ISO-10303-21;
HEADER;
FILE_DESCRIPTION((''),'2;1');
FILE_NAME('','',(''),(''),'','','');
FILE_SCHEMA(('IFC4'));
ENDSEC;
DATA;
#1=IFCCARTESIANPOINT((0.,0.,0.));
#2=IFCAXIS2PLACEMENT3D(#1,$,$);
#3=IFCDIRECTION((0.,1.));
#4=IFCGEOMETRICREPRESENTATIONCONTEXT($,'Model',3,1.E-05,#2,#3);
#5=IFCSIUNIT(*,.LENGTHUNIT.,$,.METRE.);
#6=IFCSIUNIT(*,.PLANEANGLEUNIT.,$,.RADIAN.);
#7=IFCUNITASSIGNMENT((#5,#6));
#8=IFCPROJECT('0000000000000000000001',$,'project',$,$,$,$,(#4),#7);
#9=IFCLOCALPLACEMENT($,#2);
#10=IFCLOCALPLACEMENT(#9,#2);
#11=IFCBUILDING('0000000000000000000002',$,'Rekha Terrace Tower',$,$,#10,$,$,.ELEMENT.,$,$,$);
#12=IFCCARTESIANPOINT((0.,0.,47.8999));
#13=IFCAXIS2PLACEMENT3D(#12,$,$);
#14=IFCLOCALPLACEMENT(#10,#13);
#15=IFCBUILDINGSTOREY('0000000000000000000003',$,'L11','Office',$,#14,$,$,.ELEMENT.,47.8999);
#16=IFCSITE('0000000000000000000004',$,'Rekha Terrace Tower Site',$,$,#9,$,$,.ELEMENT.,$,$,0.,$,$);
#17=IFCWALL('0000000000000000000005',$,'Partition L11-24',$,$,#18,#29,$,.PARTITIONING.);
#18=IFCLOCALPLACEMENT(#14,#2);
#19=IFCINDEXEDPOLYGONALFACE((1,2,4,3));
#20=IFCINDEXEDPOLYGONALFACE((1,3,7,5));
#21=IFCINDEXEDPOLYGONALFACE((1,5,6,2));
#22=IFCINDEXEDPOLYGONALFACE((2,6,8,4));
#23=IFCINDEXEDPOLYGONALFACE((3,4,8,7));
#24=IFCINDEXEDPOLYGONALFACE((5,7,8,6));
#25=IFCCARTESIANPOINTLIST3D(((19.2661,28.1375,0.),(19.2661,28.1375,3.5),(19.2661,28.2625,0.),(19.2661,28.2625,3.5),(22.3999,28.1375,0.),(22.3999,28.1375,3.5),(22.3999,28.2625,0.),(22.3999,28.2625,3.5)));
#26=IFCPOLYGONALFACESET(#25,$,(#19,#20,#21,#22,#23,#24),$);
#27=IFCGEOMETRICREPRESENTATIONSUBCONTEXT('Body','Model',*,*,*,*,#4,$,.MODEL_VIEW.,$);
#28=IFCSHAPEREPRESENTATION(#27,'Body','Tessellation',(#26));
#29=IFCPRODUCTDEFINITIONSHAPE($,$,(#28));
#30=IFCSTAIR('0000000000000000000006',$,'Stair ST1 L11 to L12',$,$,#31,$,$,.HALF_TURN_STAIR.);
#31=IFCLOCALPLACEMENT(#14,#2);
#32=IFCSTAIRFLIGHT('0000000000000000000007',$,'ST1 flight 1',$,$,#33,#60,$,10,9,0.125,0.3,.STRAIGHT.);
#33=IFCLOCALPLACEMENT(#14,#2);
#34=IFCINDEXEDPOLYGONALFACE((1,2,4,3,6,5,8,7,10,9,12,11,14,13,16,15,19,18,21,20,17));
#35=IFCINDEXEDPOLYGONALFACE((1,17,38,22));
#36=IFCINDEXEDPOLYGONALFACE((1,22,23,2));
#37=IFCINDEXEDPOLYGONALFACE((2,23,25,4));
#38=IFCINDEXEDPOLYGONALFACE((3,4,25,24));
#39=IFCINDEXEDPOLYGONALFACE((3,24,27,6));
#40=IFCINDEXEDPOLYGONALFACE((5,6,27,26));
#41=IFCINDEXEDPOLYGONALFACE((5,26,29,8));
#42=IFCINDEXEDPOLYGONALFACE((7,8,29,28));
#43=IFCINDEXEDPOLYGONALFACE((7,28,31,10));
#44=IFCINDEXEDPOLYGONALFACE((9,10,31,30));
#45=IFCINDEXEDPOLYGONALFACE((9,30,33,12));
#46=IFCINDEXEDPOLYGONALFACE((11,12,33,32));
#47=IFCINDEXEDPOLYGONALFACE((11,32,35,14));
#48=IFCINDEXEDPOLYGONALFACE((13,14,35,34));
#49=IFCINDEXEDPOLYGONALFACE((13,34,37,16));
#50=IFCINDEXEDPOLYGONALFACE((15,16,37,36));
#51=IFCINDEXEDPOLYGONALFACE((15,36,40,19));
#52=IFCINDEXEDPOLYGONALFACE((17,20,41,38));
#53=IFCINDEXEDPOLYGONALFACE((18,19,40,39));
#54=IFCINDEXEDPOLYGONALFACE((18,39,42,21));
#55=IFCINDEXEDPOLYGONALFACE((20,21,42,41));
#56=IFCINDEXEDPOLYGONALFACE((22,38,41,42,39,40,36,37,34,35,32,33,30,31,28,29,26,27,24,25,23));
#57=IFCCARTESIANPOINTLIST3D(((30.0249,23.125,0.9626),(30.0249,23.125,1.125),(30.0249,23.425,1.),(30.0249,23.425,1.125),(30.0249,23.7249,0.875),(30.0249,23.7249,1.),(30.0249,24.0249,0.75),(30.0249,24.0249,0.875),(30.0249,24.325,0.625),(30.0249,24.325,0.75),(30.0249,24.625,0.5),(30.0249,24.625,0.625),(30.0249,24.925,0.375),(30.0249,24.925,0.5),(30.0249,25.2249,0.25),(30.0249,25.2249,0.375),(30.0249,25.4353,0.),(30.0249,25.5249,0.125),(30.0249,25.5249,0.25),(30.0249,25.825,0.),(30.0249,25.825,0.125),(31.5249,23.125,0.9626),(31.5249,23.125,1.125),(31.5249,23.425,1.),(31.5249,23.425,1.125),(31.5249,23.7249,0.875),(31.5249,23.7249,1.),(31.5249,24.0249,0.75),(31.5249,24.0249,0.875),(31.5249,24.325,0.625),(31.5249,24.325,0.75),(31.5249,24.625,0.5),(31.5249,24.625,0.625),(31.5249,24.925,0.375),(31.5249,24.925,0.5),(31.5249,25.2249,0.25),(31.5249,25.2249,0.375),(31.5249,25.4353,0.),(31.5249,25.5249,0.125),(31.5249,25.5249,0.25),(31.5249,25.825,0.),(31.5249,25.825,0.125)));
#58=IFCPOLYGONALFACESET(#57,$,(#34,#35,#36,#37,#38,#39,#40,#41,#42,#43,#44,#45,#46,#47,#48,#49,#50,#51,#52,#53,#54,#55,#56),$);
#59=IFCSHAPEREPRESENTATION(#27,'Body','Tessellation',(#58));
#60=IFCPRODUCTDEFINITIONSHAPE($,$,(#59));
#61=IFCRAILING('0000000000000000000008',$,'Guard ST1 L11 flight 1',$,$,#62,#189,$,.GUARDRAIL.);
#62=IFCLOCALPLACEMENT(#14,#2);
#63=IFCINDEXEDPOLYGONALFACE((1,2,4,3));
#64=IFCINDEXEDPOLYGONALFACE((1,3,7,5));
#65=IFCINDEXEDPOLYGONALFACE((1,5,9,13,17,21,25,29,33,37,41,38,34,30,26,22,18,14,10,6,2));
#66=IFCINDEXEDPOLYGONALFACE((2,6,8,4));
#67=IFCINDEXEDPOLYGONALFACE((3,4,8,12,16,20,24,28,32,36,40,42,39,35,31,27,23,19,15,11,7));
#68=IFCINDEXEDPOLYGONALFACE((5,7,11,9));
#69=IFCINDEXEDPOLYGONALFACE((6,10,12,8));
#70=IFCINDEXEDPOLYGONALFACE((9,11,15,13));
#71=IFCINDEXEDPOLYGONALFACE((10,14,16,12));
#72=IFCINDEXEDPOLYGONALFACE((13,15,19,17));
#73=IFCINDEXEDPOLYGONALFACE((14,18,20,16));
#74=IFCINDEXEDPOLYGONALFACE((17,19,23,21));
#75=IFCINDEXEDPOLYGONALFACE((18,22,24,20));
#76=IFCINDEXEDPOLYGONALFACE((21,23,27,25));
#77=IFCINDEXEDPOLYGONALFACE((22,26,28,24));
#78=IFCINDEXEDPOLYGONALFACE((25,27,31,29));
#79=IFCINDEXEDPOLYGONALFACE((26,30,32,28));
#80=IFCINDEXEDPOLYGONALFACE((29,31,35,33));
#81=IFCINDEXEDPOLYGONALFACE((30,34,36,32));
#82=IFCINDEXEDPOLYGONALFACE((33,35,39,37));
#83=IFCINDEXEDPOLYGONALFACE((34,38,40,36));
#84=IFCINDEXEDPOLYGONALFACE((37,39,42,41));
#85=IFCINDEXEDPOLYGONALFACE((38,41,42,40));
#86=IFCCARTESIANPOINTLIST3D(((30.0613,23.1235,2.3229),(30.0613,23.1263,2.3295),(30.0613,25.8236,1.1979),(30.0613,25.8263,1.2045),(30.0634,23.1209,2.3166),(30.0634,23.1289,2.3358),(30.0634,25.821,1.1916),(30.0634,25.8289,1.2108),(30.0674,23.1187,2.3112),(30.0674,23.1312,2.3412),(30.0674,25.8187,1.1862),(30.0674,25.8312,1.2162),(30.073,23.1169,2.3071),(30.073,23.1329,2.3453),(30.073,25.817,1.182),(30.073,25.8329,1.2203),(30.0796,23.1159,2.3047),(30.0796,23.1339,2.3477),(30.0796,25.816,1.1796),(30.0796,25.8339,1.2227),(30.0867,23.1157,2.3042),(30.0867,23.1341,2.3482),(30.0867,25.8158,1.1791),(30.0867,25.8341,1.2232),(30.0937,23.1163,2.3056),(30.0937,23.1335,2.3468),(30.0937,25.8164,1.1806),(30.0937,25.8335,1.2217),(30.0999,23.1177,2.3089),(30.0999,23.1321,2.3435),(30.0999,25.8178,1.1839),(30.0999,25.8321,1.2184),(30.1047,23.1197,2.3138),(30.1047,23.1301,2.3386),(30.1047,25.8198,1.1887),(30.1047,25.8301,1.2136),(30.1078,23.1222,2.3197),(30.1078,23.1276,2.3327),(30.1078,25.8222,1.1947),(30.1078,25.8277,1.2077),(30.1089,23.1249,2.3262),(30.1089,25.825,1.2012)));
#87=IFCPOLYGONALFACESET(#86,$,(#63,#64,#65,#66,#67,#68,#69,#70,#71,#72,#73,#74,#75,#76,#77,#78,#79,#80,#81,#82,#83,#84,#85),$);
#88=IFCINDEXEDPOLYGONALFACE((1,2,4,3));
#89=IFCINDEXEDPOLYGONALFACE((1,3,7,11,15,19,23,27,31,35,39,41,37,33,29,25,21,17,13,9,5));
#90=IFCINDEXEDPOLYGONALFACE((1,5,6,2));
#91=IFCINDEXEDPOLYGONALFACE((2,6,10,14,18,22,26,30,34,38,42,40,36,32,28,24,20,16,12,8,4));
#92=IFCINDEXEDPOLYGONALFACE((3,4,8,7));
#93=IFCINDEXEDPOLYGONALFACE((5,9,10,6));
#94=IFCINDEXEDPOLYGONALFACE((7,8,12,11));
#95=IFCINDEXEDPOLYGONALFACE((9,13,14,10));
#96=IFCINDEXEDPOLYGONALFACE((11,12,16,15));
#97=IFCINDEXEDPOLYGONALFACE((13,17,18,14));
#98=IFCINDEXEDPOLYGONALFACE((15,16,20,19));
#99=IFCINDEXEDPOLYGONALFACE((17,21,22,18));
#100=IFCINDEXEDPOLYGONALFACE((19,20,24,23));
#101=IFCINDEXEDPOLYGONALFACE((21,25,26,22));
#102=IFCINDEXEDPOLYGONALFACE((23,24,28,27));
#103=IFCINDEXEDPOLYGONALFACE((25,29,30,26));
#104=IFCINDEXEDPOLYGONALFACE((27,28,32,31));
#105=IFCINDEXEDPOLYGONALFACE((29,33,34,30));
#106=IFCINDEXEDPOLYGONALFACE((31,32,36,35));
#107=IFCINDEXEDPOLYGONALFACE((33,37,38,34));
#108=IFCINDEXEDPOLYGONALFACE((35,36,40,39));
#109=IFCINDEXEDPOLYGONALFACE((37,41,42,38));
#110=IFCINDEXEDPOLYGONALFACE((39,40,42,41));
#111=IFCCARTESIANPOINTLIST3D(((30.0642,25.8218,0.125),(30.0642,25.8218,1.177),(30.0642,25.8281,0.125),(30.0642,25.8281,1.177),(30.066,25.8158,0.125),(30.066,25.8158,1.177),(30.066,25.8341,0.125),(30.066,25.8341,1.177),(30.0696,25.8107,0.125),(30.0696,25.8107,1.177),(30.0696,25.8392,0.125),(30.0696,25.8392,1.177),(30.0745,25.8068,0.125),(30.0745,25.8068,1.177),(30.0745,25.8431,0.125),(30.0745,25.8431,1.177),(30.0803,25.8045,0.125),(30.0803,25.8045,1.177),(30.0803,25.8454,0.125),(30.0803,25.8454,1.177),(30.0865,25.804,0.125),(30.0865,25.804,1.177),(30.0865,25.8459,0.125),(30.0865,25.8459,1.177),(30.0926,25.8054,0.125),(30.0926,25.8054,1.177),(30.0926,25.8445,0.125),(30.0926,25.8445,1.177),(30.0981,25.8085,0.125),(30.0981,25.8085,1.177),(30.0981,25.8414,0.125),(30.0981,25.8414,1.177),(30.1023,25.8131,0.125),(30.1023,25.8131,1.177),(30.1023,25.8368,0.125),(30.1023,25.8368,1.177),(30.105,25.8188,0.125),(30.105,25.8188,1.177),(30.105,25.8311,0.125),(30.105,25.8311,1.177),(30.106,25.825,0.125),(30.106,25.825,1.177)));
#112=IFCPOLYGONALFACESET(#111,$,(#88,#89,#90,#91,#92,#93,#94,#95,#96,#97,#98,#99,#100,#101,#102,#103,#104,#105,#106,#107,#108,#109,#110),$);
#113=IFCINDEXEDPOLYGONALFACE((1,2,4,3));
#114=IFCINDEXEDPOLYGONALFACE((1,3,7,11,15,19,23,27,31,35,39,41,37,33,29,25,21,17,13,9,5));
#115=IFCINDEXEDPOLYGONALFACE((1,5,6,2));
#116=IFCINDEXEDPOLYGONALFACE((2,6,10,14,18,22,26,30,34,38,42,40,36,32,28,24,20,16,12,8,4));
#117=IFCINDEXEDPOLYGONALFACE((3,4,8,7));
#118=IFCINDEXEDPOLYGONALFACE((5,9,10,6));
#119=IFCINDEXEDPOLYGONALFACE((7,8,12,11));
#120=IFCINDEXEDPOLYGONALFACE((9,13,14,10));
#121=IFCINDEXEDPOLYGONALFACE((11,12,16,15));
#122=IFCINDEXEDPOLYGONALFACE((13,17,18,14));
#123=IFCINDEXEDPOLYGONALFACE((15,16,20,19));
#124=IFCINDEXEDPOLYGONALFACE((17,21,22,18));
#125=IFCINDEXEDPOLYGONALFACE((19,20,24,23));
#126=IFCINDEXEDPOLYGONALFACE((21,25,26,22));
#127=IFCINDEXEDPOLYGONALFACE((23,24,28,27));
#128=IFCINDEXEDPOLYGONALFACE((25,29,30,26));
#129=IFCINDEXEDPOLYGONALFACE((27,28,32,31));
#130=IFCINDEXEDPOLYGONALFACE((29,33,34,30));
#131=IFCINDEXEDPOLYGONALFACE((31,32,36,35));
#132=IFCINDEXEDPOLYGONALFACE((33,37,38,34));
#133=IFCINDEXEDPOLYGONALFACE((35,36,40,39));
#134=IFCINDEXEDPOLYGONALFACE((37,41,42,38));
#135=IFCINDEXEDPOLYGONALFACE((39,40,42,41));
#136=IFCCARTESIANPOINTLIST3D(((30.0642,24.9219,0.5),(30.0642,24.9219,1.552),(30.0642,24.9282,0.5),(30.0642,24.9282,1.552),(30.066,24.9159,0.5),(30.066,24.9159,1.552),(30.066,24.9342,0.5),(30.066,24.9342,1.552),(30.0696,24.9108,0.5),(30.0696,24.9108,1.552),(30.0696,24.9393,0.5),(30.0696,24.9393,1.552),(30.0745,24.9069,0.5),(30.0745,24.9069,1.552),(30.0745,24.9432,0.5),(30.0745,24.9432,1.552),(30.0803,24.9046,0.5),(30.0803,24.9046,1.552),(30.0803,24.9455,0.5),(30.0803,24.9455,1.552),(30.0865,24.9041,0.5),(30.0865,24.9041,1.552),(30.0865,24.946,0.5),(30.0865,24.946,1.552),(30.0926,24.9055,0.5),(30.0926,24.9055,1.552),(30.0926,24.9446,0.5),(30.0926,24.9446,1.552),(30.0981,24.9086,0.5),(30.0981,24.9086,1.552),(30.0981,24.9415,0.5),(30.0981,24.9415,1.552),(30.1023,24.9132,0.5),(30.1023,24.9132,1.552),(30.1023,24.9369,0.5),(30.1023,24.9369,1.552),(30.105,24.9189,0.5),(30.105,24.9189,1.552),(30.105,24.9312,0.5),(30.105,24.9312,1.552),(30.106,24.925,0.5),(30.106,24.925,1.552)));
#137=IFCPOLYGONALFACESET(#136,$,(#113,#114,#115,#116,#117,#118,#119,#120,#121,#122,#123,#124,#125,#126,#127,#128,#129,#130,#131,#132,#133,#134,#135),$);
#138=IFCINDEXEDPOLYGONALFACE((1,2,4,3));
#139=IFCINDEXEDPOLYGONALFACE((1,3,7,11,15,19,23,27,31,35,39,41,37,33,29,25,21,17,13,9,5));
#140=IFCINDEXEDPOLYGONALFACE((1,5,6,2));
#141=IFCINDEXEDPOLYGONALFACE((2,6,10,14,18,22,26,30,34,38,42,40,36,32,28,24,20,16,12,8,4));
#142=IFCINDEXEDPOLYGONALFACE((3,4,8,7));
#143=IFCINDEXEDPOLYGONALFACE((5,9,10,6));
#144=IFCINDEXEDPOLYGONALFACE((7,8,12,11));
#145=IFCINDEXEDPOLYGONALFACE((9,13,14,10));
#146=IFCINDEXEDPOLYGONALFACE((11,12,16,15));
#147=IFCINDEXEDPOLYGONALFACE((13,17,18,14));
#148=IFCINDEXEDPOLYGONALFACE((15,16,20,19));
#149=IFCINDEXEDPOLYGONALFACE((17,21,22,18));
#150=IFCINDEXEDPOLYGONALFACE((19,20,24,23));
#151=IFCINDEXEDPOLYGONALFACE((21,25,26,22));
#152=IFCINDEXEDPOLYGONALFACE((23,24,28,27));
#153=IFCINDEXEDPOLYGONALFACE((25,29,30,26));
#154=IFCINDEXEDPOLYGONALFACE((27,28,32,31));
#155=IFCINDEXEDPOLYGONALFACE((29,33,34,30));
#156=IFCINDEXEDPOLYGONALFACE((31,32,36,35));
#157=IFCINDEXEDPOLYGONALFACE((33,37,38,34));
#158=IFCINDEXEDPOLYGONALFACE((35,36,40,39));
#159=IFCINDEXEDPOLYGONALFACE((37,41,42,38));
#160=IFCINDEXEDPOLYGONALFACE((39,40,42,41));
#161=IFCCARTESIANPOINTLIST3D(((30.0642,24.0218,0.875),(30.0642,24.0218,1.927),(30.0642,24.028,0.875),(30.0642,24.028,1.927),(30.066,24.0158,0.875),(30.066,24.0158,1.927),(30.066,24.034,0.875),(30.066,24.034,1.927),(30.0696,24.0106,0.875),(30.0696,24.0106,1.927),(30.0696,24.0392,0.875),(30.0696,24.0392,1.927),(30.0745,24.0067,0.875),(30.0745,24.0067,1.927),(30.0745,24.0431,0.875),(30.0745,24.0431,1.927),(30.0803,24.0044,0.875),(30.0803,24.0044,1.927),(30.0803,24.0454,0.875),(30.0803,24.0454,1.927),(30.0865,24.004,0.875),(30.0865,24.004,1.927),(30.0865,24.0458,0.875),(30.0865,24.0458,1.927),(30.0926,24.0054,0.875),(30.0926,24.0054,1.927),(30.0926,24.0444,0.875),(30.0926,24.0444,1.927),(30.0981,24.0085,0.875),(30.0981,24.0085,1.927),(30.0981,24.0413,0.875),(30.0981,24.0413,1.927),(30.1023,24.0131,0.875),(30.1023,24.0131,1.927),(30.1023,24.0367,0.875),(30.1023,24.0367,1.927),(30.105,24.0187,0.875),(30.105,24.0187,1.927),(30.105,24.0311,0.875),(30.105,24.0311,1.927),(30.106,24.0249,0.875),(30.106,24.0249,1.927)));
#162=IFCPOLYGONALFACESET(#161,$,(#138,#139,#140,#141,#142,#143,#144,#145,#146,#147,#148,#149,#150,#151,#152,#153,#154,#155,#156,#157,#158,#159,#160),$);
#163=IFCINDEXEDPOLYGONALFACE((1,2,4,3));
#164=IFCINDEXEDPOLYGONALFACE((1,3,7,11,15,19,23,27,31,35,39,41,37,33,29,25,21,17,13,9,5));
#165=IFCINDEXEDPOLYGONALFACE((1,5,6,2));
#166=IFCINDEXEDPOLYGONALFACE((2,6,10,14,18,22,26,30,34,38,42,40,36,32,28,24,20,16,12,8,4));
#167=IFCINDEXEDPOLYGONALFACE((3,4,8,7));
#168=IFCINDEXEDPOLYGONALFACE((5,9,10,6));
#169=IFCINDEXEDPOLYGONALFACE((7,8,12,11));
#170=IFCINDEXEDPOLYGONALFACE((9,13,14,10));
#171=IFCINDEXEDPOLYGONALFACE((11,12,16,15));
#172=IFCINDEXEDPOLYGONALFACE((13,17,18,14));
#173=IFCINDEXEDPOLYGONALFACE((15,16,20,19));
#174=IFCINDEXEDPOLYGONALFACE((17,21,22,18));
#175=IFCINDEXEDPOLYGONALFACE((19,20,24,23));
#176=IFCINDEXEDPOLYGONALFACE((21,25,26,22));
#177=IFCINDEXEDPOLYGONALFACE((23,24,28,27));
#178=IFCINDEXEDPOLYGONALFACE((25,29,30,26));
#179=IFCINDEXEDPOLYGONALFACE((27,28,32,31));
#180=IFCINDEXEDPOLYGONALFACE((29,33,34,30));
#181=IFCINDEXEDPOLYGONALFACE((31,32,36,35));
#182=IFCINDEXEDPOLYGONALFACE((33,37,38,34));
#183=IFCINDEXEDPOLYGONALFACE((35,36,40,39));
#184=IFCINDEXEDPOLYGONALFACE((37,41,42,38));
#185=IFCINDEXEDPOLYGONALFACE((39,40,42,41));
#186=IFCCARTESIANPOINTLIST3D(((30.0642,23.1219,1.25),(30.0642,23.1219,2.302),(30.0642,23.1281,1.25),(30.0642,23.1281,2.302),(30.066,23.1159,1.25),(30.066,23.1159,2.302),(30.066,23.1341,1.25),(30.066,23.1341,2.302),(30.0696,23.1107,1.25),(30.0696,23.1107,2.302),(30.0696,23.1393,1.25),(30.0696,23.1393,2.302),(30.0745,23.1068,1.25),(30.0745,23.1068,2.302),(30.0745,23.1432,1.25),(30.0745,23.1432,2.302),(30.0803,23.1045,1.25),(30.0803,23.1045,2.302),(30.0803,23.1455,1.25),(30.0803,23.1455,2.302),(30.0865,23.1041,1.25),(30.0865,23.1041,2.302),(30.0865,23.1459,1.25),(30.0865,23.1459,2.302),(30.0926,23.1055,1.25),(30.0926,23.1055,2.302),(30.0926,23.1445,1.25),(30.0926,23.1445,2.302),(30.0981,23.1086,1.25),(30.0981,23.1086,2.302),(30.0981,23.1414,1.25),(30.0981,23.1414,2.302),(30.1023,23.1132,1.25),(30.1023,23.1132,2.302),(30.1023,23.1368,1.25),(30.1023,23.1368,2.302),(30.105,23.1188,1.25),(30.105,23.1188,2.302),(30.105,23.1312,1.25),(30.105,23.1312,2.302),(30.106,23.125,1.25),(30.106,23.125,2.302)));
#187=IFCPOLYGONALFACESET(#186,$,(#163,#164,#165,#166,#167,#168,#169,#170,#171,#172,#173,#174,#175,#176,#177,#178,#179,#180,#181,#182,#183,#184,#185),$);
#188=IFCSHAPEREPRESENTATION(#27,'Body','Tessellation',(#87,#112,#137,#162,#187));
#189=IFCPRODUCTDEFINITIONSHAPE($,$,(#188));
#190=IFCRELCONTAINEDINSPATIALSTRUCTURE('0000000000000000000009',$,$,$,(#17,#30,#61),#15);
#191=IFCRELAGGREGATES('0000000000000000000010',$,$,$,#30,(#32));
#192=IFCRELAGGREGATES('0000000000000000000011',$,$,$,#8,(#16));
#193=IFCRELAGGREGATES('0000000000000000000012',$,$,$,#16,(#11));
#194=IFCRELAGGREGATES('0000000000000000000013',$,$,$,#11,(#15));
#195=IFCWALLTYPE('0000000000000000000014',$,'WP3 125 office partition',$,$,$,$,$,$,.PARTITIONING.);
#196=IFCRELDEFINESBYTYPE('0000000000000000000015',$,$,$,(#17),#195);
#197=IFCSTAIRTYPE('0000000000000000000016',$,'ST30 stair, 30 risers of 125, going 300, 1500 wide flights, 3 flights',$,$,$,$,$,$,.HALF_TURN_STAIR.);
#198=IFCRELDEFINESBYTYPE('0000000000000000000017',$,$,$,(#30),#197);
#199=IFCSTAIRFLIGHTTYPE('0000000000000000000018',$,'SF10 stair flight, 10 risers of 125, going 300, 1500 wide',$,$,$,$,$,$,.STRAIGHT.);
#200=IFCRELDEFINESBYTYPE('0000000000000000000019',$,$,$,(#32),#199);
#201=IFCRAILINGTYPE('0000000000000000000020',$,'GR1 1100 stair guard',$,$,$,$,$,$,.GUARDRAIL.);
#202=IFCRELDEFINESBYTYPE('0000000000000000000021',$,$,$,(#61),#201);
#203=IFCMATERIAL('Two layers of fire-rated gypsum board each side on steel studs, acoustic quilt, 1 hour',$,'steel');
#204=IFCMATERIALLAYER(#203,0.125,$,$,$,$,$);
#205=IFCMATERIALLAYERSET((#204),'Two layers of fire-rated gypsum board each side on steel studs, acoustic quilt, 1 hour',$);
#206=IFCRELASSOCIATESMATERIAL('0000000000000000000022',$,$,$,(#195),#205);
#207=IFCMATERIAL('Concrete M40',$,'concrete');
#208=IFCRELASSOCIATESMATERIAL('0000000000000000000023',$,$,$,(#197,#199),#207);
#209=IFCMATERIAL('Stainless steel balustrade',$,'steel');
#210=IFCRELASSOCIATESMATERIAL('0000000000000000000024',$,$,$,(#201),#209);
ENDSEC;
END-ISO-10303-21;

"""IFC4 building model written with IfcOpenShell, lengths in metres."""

from ifc_helpers import new_model, si_unit, direction, frame, frame_2d, origin, origin_2d, place, context, subcontext, project, spatial, polyline, rectangle, circle, outline, extrude, material, layer, layer_set, type_object, element, aggregate, save


model = new_model("IFC4")

# Units and contexts
model_context = context("Model", 3, precision=1e-05, world=origin(), true_north=direction((0.0, 1.0)))
body_context = subcontext(model_context, "Body", "Model", "MODEL_VIEW")
ifc_project = project(units=[si_unit("LENGTHUNIT", "METRE"), si_unit("PLANEANGLEUNIT", "RADIAN")], contexts=[model_context])

# Site, building, storey
site_placement = place(None, origin())
site = spatial("IfcSite", under=ifc_project, at=site_placement, Name="Rekha Terrace Tower Site", CompositionType="ELEMENT", RefElevation=0.0)
building_placement = place(site_placement, origin())
building = spatial("IfcBuilding", under=site, at=building_placement, Name="Rekha Terrace Tower", CompositionType="ELEMENT")
storey_placement = place(building_placement, frame((0.0, 0.0, 47.8999)))
storey = spatial("IfcBuildingStorey", under=building, at=storey_placement, Name="L11", Description="Office", CompositionType="ELEMENT", Elevation=47.8999)

# Shared definitions
ifc_material_1 = material(Name="Two layers of fire-rated gypsum board each side on steel studs, acoustic quilt, 1 hour", Category="steel")
ifc_layer_1 = layer(ifc_material_1, 0.125)
ifc_layer_set_1 = layer_set([ifc_layer_1], Name="Two layers of fire-rated gypsum board each side on steel studs, acoustic quilt, 1 hour")
wall_type_1 = type_object("IfcWallType", Name="WP3 125 office partition", PredefinedType="PARTITIONING", material=ifc_layer_set_1)

# Wall
wall_1_placement = place(storey_placement, frame((19.2661, 28.2, 0.0), z_axis=(0.0, 0.0, 1.0), x_axis=(1.0, 0.0, 0.0)))
element("IfcWall", 1, at=wall_1_placement, inside=storey, type_object=wall_type_1, Name="Partition L11-24", PredefinedType="PARTITIONING", context=body_context, shape_type="SweptSolid", body=[
    extrude(rectangle(XDim=3.1338, YDim=0.125, at=frame_2d((1.5669, 0.0))), origin(), (0.0, 0.0, 1.0), 3.5),
])

# Stair, stair flight
ifc_material_2 = material(Name="Concrete M40", Category="concrete")
stair_type = type_object("IfcStairType", Name="ST30 stair, 30 risers of 125, going 300, 1500 wide flights, 3 flights", PredefinedType="HALF_TURN_STAIR", material=ifc_material_2)
stair_placement = place(storey_placement, origin())
stair = element("IfcStair", 2, at=stair_placement, inside=storey, type_object=stair_type, Name="Stair ST1 L11 to L12", PredefinedType="HALF_TURN_STAIR")
stair_flight_type = type_object("IfcStairFlightType", Name="SF10 stair flight, 10 risers of 125, going 300, 1500 wide", PredefinedType="STRAIGHT", material=ifc_material_2)
stair_flight_placement = place(storey_placement, frame((30.7749, 25.825, 0.0), z_axis=(0.0, 0.0, 1.0), x_axis=(0.0, -1.0, 0.0)))
stair_flight = element("IfcStairFlight", 3, at=stair_flight_placement, type_object=stair_flight_type, Name="ST1 flight 1", NumberOfRisers=10, NumberOfTreads=9, PredefinedType="STRAIGHT", RiserHeight=0.125, TreadLength=0.3, context=body_context, shape_type="SweptSolid", body=[
    extrude(outline(polyline([(0.0, 0.0), (0.0, 0.125), (0.3, 0.125), (0.3, 0.25), (0.6001, 0.25), (0.6001, 0.375), (0.8999, 0.375), (0.8999, 0.5), (1.2, 0.5), (1.2, 0.625), (1.5, 0.625), (1.5, 0.75), (1.8, 0.75), (1.8, 0.875), (2.1001, 0.875), (2.1001, 1.0), (2.3999, 1.0), (2.3999, 1.125), (2.7, 1.125), (2.7, 1.25), (2.7, 0.9626), (0.3896, 0.0), (0.0, 0.0)])), frame((0.0, 0.75, 0.0), z_axis=(0.0, -1.0, 0.0), x_axis=(1.0, 0.0, 0.0)), (0.0, 0.0, 1.0), 1.5),
])
aggregate(stair, [stair_flight])

# Railing
ifc_material_3 = material(Name="Stainless steel balustrade", Category="steel")
railing_type_1 = type_object("IfcRailingType", Name="GR1 1100 stair guard", PredefinedType="GUARDRAIL", material=ifc_material_3)
railing_1_placement = place(storey_placement, frame((30.085, 25.825, 0.125)))
element("IfcRailing", 4, at=railing_1_placement, inside=storey, type_object=railing_type_1, Name="Guard ST1 L11 flight 1", PredefinedType="GUARDRAIL", context=body_context, shape_type="SweptSolid", body=[
    extrude(circle(Radius=0.0239, at=origin_2d()), frame((0.0, 0.0, 1.0762), z_axis=(0.0, -0.923074, 0.384621), x_axis=(1.0, 0.0, 0.0)), (0.0, 0.0, 1.0), 2.925),
    extrude(circle(Radius=0.021, at=origin_2d()), origin(), (0.0, 0.0, 1.0), 1.052),
    extrude(circle(Radius=0.021, at=origin_2d()), frame((0.0, -0.8999, 0.375)), (0.0, 0.0, 1.0), 1.052),
    extrude(circle(Radius=0.021, at=origin_2d()), frame((0.0, -1.8, 0.75)), (0.0, 0.0, 1.0), 1.052),
    extrude(circle(Radius=0.021, at=origin_2d()), frame((0.0, -2.7, 1.125)), (0.0, 0.0, 1.0), 1.052),
])

save(model, "model.ifc")
